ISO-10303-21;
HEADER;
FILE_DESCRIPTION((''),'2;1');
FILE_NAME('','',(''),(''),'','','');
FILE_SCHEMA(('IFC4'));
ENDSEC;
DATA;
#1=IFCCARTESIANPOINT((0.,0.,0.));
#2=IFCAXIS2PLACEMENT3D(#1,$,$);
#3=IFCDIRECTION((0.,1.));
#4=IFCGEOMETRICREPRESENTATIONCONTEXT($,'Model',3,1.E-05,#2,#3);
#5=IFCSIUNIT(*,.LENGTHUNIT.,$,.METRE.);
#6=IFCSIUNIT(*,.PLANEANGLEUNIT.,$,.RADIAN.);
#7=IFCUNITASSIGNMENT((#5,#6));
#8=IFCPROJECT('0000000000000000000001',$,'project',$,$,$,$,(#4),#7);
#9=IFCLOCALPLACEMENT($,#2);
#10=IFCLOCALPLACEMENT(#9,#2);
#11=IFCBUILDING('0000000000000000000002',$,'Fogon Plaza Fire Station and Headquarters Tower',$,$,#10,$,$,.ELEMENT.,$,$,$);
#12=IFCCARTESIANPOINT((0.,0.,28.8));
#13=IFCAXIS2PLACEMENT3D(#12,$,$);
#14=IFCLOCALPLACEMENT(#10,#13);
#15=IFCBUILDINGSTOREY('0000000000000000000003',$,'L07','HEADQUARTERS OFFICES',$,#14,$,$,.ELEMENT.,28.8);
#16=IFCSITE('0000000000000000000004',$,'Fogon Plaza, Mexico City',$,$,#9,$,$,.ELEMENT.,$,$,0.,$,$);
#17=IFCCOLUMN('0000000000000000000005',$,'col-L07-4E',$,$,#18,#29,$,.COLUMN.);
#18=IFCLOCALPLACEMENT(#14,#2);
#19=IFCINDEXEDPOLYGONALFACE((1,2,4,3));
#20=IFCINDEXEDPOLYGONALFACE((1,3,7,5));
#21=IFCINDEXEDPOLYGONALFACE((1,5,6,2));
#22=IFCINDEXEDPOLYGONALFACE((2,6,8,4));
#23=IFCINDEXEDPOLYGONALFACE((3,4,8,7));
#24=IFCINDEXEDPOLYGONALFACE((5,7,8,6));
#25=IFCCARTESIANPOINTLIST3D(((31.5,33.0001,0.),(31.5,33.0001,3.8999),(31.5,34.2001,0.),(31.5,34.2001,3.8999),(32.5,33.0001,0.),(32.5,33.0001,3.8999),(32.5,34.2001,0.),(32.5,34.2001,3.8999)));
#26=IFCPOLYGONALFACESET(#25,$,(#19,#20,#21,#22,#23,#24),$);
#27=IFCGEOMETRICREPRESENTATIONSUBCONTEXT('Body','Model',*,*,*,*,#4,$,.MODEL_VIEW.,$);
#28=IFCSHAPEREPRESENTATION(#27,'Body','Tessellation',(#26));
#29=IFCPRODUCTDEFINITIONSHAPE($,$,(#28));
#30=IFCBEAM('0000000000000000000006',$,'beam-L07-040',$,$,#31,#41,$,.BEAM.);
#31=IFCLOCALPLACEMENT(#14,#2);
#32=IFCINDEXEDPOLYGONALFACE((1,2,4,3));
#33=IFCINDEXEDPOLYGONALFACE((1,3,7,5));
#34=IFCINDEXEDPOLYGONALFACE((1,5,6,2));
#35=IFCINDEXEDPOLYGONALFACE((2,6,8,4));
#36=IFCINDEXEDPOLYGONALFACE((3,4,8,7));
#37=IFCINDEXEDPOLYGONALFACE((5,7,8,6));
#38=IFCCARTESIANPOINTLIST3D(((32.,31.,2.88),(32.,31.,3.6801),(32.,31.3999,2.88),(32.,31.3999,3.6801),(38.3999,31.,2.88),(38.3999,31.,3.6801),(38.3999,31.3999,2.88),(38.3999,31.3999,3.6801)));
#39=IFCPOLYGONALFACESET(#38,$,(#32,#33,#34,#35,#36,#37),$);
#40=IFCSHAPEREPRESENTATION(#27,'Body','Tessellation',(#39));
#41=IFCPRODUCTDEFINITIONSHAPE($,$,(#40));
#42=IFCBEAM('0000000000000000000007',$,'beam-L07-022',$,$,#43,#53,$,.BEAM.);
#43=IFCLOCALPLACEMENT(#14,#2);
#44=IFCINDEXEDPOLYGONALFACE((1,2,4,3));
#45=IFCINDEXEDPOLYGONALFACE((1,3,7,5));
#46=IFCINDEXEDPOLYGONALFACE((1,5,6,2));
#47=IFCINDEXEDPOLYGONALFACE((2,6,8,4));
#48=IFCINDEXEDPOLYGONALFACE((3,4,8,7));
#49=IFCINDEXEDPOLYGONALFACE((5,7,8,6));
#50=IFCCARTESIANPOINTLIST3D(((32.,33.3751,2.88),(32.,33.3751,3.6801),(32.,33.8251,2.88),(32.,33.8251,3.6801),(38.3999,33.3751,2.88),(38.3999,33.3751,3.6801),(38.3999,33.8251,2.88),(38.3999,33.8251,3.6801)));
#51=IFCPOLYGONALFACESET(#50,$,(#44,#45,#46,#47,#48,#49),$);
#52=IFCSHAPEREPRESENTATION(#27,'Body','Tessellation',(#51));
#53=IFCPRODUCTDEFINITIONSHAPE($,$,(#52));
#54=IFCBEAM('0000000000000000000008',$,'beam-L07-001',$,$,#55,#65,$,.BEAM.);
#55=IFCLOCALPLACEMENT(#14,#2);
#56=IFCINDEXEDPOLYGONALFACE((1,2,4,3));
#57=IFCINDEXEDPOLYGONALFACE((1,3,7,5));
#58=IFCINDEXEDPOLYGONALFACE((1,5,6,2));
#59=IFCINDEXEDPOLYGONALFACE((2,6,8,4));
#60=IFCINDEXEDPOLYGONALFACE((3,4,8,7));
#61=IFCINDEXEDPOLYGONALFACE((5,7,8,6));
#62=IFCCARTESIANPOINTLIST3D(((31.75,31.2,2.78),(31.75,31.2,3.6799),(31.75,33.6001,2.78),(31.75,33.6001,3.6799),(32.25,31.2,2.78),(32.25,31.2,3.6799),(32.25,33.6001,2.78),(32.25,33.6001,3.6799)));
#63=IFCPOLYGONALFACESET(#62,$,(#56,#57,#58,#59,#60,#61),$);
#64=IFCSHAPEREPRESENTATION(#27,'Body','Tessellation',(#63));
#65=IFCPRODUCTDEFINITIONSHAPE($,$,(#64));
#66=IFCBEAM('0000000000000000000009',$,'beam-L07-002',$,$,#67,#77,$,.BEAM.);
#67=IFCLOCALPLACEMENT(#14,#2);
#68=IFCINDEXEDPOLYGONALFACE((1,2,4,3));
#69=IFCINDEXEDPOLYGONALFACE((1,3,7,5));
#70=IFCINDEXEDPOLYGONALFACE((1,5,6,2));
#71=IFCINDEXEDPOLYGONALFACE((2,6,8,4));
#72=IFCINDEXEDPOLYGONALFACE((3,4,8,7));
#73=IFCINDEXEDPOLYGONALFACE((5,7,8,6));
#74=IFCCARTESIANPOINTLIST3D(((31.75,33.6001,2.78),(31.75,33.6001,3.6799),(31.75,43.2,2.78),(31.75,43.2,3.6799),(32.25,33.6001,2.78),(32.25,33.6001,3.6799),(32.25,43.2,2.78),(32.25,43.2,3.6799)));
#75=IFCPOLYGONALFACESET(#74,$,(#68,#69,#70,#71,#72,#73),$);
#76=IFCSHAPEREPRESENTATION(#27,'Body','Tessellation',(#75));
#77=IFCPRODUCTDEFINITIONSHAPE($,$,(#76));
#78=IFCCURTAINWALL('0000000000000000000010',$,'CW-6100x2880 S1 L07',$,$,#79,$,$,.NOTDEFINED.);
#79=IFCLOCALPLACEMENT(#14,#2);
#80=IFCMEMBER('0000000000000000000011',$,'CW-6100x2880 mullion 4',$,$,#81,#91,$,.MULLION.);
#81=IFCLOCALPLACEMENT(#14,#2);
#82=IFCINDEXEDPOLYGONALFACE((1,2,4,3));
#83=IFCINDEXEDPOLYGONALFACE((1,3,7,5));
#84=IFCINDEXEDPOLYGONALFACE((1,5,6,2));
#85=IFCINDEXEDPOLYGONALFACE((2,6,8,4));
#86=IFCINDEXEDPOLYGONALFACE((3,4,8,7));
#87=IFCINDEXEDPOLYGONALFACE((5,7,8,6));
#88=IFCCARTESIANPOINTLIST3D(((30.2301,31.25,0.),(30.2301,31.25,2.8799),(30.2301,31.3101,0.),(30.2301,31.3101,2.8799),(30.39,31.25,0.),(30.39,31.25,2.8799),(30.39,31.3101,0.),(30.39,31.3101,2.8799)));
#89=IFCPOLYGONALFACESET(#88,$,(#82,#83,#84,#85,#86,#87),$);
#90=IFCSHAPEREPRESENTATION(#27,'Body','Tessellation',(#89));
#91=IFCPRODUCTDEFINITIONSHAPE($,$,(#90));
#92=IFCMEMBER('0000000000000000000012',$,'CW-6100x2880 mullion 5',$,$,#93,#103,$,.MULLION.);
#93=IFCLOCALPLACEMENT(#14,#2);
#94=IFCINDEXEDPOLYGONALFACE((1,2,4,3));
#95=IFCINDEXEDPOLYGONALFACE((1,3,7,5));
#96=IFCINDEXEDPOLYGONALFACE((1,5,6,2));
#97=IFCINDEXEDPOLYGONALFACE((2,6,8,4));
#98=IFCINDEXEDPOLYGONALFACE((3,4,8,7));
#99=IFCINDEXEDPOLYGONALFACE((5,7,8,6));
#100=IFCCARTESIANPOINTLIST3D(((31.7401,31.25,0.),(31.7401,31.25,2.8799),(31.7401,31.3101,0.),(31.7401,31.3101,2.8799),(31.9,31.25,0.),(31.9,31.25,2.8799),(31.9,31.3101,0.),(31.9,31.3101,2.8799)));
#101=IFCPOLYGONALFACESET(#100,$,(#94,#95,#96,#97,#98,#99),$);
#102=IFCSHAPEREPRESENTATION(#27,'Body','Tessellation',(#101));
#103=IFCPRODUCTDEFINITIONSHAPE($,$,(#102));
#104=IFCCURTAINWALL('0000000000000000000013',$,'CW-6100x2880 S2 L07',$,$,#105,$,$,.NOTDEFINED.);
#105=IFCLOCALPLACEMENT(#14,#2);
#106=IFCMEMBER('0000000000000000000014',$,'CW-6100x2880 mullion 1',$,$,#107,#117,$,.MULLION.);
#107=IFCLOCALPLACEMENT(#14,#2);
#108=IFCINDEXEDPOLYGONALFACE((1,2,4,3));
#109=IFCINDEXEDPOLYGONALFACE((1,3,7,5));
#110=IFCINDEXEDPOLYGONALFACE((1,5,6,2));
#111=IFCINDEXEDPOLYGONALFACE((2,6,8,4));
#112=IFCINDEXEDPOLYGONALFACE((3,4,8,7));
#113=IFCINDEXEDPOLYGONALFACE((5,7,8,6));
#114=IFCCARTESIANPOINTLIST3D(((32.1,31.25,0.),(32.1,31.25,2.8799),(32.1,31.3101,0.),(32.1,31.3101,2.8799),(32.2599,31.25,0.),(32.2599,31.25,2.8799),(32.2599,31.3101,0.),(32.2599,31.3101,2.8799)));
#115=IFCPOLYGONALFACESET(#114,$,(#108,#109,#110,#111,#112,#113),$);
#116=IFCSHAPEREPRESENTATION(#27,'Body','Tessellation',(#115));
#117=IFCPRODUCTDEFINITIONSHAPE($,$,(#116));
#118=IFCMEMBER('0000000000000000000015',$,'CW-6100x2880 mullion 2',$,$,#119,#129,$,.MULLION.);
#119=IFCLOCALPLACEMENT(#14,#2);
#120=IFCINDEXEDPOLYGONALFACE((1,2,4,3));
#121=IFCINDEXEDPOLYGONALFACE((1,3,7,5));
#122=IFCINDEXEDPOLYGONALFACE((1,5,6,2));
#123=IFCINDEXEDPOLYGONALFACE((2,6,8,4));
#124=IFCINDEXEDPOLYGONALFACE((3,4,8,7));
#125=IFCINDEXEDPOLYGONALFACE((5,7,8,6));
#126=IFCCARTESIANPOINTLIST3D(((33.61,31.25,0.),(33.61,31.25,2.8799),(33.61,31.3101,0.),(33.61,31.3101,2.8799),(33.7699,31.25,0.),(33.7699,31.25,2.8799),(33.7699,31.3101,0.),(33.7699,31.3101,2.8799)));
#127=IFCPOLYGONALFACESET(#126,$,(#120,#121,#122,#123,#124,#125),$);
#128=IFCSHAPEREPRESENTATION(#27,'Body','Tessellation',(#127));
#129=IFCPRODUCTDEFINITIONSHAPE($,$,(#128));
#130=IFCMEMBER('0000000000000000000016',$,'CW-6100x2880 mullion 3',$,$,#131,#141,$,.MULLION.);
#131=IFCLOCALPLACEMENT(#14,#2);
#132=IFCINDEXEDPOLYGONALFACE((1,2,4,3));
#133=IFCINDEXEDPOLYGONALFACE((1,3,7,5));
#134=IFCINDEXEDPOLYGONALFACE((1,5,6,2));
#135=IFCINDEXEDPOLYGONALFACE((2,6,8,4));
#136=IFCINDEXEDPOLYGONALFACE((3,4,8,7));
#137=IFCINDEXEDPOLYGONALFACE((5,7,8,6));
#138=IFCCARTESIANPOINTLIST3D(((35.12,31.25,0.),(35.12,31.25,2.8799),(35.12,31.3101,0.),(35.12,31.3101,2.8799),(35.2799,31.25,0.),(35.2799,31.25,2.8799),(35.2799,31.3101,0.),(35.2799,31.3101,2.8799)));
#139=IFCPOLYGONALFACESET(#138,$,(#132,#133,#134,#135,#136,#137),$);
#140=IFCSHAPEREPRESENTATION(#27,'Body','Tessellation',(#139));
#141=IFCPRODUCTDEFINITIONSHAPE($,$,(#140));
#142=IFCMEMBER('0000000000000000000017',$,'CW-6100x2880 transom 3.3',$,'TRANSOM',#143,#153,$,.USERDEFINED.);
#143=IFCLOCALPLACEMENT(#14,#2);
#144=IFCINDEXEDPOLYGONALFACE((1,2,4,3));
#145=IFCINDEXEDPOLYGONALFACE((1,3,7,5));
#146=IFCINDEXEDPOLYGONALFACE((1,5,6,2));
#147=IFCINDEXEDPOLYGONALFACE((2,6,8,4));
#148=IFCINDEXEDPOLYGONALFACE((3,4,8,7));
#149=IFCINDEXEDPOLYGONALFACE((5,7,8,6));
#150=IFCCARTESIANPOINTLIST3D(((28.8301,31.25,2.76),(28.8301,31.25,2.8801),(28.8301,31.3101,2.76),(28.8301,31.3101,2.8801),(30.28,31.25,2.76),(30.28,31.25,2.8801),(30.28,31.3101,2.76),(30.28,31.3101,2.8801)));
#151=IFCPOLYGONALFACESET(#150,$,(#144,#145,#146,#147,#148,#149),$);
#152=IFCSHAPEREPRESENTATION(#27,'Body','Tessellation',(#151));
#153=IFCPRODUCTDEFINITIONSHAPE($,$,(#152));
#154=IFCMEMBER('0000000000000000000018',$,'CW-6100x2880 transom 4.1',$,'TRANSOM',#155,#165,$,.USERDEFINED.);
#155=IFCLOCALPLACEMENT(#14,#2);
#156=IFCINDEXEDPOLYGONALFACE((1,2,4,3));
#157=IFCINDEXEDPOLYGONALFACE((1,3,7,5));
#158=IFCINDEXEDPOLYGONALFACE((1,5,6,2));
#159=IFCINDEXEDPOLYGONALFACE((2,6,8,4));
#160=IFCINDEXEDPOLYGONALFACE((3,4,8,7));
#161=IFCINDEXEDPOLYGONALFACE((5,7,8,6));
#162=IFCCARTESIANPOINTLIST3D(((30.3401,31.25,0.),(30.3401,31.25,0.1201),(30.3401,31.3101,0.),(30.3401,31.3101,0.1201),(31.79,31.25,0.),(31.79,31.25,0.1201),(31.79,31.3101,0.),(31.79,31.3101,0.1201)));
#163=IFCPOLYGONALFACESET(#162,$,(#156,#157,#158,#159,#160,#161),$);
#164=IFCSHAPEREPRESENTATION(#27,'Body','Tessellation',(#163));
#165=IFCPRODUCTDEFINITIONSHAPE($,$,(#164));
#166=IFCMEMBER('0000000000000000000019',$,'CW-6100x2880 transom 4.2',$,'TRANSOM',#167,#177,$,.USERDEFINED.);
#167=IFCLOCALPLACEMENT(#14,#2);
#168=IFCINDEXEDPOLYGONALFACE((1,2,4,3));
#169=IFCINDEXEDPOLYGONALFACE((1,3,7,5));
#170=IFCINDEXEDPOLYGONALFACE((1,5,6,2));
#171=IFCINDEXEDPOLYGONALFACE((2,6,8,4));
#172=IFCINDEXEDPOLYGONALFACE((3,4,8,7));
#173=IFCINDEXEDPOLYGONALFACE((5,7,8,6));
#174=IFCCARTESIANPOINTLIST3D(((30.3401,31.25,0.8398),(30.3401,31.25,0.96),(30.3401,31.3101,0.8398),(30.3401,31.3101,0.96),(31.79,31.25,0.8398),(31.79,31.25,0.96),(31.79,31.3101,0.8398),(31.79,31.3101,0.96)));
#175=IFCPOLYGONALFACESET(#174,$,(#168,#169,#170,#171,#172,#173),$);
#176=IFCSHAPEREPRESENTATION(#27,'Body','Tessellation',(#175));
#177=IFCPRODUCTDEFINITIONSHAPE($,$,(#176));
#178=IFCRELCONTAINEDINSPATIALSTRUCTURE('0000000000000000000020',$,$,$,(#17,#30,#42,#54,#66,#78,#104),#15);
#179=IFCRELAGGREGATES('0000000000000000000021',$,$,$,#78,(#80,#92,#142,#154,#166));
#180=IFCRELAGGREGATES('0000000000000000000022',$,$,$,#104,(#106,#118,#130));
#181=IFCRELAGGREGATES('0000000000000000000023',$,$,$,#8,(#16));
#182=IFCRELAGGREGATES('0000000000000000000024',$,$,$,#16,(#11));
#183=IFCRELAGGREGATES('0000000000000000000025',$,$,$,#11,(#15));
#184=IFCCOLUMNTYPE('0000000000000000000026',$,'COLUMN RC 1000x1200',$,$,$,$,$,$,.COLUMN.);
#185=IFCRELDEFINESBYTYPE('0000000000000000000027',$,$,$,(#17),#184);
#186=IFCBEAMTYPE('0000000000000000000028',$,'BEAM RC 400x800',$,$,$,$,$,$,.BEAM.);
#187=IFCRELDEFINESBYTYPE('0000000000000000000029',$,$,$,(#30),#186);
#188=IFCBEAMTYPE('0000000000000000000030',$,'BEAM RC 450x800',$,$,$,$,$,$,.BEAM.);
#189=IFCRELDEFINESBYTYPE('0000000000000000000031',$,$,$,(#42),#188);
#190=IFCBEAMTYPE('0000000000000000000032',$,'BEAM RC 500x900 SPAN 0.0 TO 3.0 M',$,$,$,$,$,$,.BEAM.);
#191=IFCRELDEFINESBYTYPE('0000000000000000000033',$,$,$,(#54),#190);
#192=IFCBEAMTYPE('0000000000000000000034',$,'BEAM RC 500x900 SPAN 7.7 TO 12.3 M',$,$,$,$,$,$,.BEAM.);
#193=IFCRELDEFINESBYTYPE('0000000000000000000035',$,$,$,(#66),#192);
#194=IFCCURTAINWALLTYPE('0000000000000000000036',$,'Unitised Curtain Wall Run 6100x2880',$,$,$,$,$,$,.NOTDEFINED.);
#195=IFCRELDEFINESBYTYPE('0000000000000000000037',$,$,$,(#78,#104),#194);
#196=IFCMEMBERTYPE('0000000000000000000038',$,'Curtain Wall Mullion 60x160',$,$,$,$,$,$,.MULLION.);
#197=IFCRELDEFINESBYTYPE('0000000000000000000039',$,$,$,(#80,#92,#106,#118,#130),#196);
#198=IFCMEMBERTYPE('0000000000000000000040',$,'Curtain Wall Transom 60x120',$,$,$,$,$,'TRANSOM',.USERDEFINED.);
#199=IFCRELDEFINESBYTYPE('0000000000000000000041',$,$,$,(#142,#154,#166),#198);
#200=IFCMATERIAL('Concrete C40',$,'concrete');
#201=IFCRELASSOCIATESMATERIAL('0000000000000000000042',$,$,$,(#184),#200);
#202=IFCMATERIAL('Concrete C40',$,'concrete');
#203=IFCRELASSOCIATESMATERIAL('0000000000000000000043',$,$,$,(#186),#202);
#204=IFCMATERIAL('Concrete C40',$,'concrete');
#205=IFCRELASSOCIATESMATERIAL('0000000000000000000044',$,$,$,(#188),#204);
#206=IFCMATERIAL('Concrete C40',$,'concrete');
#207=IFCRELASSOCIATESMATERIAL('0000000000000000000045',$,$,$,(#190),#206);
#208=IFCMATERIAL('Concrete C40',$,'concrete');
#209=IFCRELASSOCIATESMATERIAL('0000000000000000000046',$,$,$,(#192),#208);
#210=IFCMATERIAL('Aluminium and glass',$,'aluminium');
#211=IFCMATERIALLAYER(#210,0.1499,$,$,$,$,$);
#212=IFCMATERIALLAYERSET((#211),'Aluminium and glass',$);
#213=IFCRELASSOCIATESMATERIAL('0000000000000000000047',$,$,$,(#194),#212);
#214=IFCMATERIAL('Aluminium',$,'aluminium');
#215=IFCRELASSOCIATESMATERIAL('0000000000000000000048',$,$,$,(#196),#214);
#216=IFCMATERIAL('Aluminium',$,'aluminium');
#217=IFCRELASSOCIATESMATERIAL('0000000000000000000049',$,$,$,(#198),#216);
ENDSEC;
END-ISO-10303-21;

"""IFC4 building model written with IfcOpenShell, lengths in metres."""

from ifc_helpers import new_model, si_unit, direction, frame, origin, origin_2d, place, context, subcontext, project, spatial, rectangle, extrude, material, layer, layer_set, material_profile, profile_set, type_object, element, aggregate, save


model = new_model("IFC4")

# Units and contexts
model_context = context("Model", 3, precision=1e-05, world=origin(), true_north=direction((0.0, 1.0)))
body_context = subcontext(model_context, "Body", "Model", "MODEL_VIEW")
ifc_project = project(units=[si_unit("LENGTHUNIT", "METRE"), si_unit("PLANEANGLEUNIT", "RADIAN")], contexts=[model_context])

# Site, building, storey
site_placement = place(None, origin())
site = spatial("IfcSite", under=ifc_project, at=site_placement, Name="Fogon Plaza, Mexico City", CompositionType="ELEMENT", RefElevation=0.0)
building_placement = place(site_placement, origin())
building = spatial("IfcBuilding", under=site, at=building_placement, Name="Fogon Plaza Fire Station and Headquarters Tower", CompositionType="ELEMENT")
storey_placement = place(building_placement, frame((0.0, 0.0, 28.8)))
storey = spatial("IfcBuildingStorey", under=building, at=storey_placement, Name="L07", Description="HEADQUARTERS OFFICES", CompositionType="ELEMENT", Elevation=28.8)

# Column
ifc_material_1 = material(Name="Concrete C40", Category="concrete")
ifc_material_profile_1 = material_profile(ifc_material_1, rectangle(XDim=1.0, YDim=1.2, at=origin_2d()), Name="RC 1000x1200")
ifc_profile_set_1 = profile_set([ifc_material_profile_1], Name="Concrete C40")
column_type = type_object("IfcColumnType", Name="COLUMN RC 1000x1200", PredefinedType="COLUMN", material=ifc_profile_set_1)
column_placement = place(storey_placement, frame((32.0, 33.6001, 0.0), z_axis=(0.0, 0.0, 1.0), x_axis=(1.0, 0.0, 0.0)))
element("IfcColumn", 1, at=column_placement, inside=storey, type_object=column_type, Name="col-L07-4E", PredefinedType="COLUMN", context=body_context, shape_type="SweptSolid", body=[
    extrude(rectangle(XDim=1.0, YDim=1.2, at=origin_2d()), origin(), (0.0, 0.0, 1.0), 3.8999),
])

# Beams
ifc_material_2 = material(Name="Concrete C40", Category="concrete")
ifc_material_profile_2 = material_profile(ifc_material_2, rectangle(XDim=0.3999, YDim=0.8, at=origin_2d()), Name="RC 400x800")
ifc_profile_set_2 = profile_set([ifc_material_profile_2], Name="Concrete C40")
beam_type_1 = type_object("IfcBeamType", Name="BEAM RC 400x800", PredefinedType="BEAM", material=ifc_profile_set_2)
beam_1_placement = place(storey_placement, frame((32.0, 31.2, 3.28), z_axis=(1.0, 0.0, 0.0), x_axis=(0.0, 1.0, 0.0)))
element("IfcBeam", 2, at=beam_1_placement, inside=storey, type_object=beam_type_1, Name="beam-L07-040", PredefinedType="BEAM", context=body_context, shape_type="SweptSolid", body=[
    extrude(rectangle(XDim=0.3999, YDim=0.8, at=origin_2d()), origin(), (0.0, 0.0, 1.0), 6.3999),
])
ifc_material_3 = material(Name="Concrete C40", Category="concrete")
ifc_material_profile_3 = material_profile(ifc_material_3, rectangle(XDim=0.45, YDim=0.8, at=origin_2d()), Name="RC 450x800")
ifc_profile_set_3 = profile_set([ifc_material_profile_3], Name="Concrete C40")
beam_type_2 = type_object("IfcBeamType", Name="BEAM RC 450x800", PredefinedType="BEAM", material=ifc_profile_set_3)
beam_2_placement = place(storey_placement, frame((32.0, 33.6001, 3.28), z_axis=(1.0, 0.0, 0.0), x_axis=(0.0, 1.0, 0.0)))
element("IfcBeam", 3, at=beam_2_placement, inside=storey, type_object=beam_type_2, Name="beam-L07-022", PredefinedType="BEAM", context=body_context, shape_type="SweptSolid", body=[
    extrude(rectangle(XDim=0.45, YDim=0.8, at=origin_2d()), origin(), (0.0, 0.0, 1.0), 6.3999),
])
ifc_material_4 = material(Name="Concrete C40", Category="concrete")
ifc_material_profile_4 = material_profile(ifc_material_4, rectangle(XDim=0.5, YDim=0.8999, at=origin_2d()), Name="RC 500x900")
ifc_profile_set_4 = profile_set([ifc_material_profile_4], Name="Concrete C40")
beam_type_3 = type_object("IfcBeamType", Name="BEAM RC 500x900 SPAN 0.0 TO 3.0 M", PredefinedType="BEAM", material=ifc_profile_set_4)
beam_3_placement = place(storey_placement, frame((32.0, 31.2, 3.23), z_axis=(0.0, 1.0, 0.0), x_axis=(-1.0, 0.0, 0.0)))
element("IfcBeam", 4, at=beam_3_placement, inside=storey, type_object=beam_type_3, Name="beam-L07-001", PredefinedType="BEAM", context=body_context, shape_type="SweptSolid", body=[
    extrude(rectangle(XDim=0.5, YDim=0.8999, at=origin_2d()), origin(), (0.0, 0.0, 1.0), 2.4001),
])
ifc_material_5 = material(Name="Concrete C40", Category="concrete")
ifc_material_profile_5 = material_profile(ifc_material_5, rectangle(XDim=0.5, YDim=0.8999, at=origin_2d()), Name="RC 500x900")
ifc_profile_set_5 = profile_set([ifc_material_profile_5], Name="Concrete C40")
beam_type_4 = type_object("IfcBeamType", Name="BEAM RC 500x900 SPAN 7.7 TO 12.3 M", PredefinedType="BEAM", material=ifc_profile_set_5)
beam_4_placement = place(storey_placement, frame((32.0, 33.6001, 3.23), z_axis=(0.0, 1.0, 0.0), x_axis=(-1.0, 0.0, 0.0)))
element("IfcBeam", 5, at=beam_4_placement, inside=storey, type_object=beam_type_4, Name="beam-L07-002", PredefinedType="BEAM", context=body_context, shape_type="SweptSolid", body=[
    extrude(rectangle(XDim=0.5, YDim=0.8999, at=origin_2d()), origin(), (0.0, 0.0, 1.0), 9.5999),
])

# Curtain walls, members
ifc_material_6 = material(Name="Aluminium and glass", Category="aluminium")
ifc_layer_1 = layer(ifc_material_6, 0.1499)
ifc_layer_set_1 = layer_set([ifc_layer_1], Name="Aluminium and glass")
curtain_wall_type = type_object("IfcCurtainWallType", Name="Unitised Curtain Wall Run 6100x2880", PredefinedType="NOTDEFINED", material=ifc_layer_set_1)
curtain_wall_1_placement = place(storey_placement, origin())
curtain_wall_1 = element("IfcCurtainWall", 6, at=curtain_wall_1_placement, inside=storey, type_object=curtain_wall_type, Name="CW-6100x2880 S1 L07", PredefinedType="NOTDEFINED")
ifc_material_7 = material(Name="Aluminium", Category="aluminium")
ifc_material_profile_6 = material_profile(ifc_material_7, rectangle(XDim=0.0601, YDim=0.1599, at=origin_2d()), Name="Curtain Wall Mullion 60x160")
ifc_profile_set_6 = profile_set([ifc_material_profile_6], Name="Aluminium")
member_type_1 = type_object("IfcMemberType", Name="Curtain Wall Mullion 60x160", PredefinedType="MULLION", material=ifc_profile_set_6)
member_1_placement = place(storey_placement, frame((30.3101, 31.28, 0.0), z_axis=(0.0, 0.0, 1.0), x_axis=(0.0, 1.0, 0.0)))
member_1 = element("IfcMember", 7, at=member_1_placement, type_object=member_type_1, Name="CW-6100x2880 mullion 4", PredefinedType="MULLION", context=body_context, shape_type="SweptSolid", body=[
    extrude(rectangle(XDim=0.0601, YDim=0.1599, at=origin_2d()), origin(), (0.0, 0.0, 1.0), 2.8799),
])
member_2_placement = place(storey_placement, frame((31.8201, 31.28, 0.0), z_axis=(0.0, 0.0, 1.0), x_axis=(0.0, 1.0, 0.0)))
member_2 = element("IfcMember", 8, at=member_2_placement, type_object=member_type_1, Name="CW-6100x2880 mullion 5", PredefinedType="MULLION", context=body_context, shape_type="SweptSolid", body=[
    extrude(rectangle(XDim=0.0601, YDim=0.1599, at=origin_2d()), origin(), (0.0, 0.0, 1.0), 2.8799),
])
curtain_wall_2_placement = place(storey_placement, origin())
curtain_wall_2 = element("IfcCurtainWall", 9, at=curtain_wall_2_placement, inside=storey, type_object=curtain_wall_type, Name="CW-6100x2880 S2 L07", PredefinedType="NOTDEFINED")
member_3_placement = place(storey_placement, frame((32.1799, 31.28, 0.0), z_axis=(0.0, 0.0, 1.0), x_axis=(0.0, 1.0, 0.0)))
member_3 = element("IfcMember", 10, at=member_3_placement, type_object=member_type_1, Name="CW-6100x2880 mullion 1", PredefinedType="MULLION", context=body_context, shape_type="SweptSolid", body=[
    extrude(rectangle(XDim=0.0601, YDim=0.1599, at=origin_2d()), origin(), (0.0, 0.0, 1.0), 2.8799),
])
member_4_placement = place(storey_placement, frame((33.6899, 31.28, 0.0), z_axis=(0.0, 0.0, 1.0), x_axis=(0.0, 1.0, 0.0)))
member_4 = element("IfcMember", 11, at=member_4_placement, type_object=member_type_1, Name="CW-6100x2880 mullion 2", PredefinedType="MULLION", context=body_context, shape_type="SweptSolid", body=[
    extrude(rectangle(XDim=0.0601, YDim=0.1599, at=origin_2d()), origin(), (0.0, 0.0, 1.0), 2.8799),
])
member_5_placement = place(storey_placement, frame((35.2, 31.28, 0.0), z_axis=(0.0, 0.0, 1.0), x_axis=(0.0, 1.0, 0.0)))
member_5 = element("IfcMember", 12, at=member_5_placement, type_object=member_type_1, Name="CW-6100x2880 mullion 3", PredefinedType="MULLION", context=body_context, shape_type="SweptSolid", body=[
    extrude(rectangle(XDim=0.0601, YDim=0.1599, at=origin_2d()), origin(), (0.0, 0.0, 1.0), 2.8799),
])

# Members
ifc_material_8 = material(Name="Aluminium", Category="aluminium")
ifc_material_profile_7 = material_profile(ifc_material_8, rectangle(XDim=0.0601, YDim=0.1201, at=origin_2d()), Name="Curtain Wall Transom 60x120")
ifc_profile_set_7 = profile_set([ifc_material_profile_7], Name="Aluminium")
member_type_2 = type_object("IfcMemberType", Name="Curtain Wall Transom 60x120", ElementType="TRANSOM", PredefinedType="USERDEFINED", material=ifc_profile_set_7)
member_6_placement = place(storey_placement, frame((28.8301, 31.28, 2.8201), z_axis=(1.0, 0.0, 0.0), x_axis=(0.0, 1.0, 0.0)))
member_6 = element("IfcMember", 13, at=member_6_placement, type_object=member_type_2, Name="CW-6100x2880 transom 3.3", ObjectType="TRANSOM", PredefinedType="USERDEFINED", context=body_context, shape_type="SweptSolid", body=[
    extrude(rectangle(XDim=0.0601, YDim=0.1201, at=origin_2d()), origin(), (0.0, 0.0, 1.0), 1.45),
])
member_7_placement = place(storey_placement, frame((30.3401, 31.28, 0.0601), z_axis=(1.0, 0.0, 0.0), x_axis=(0.0, 1.0, 0.0)))
member_7 = element("IfcMember", 14, at=member_7_placement, type_object=member_type_2, Name="CW-6100x2880 transom 4.1", ObjectType="TRANSOM", PredefinedType="USERDEFINED", context=body_context, shape_type="SweptSolid", body=[
    extrude(rectangle(XDim=0.0601, YDim=0.1201, at=origin_2d()), origin(), (0.0, 0.0, 1.0), 1.45),
])
member_8_placement = place(storey_placement, frame((30.3401, 31.28, 0.8999), z_axis=(1.0, 0.0, 0.0), x_axis=(0.0, 1.0, 0.0)))
member_8 = element("IfcMember", 15, at=member_8_placement, type_object=member_type_2, Name="CW-6100x2880 transom 4.2", ObjectType="TRANSOM", PredefinedType="USERDEFINED", context=body_context, shape_type="SweptSolid", body=[
    extrude(rectangle(XDim=0.0601, YDim=0.1201, at=origin_2d()), origin(), (0.0, 0.0, 1.0), 1.45),
])

aggregate(curtain_wall_1, [member_1, member_2, member_6, member_7, member_8])
aggregate(curtain_wall_2, [member_3, member_4, member_5])

save(model, "model.ifc")
